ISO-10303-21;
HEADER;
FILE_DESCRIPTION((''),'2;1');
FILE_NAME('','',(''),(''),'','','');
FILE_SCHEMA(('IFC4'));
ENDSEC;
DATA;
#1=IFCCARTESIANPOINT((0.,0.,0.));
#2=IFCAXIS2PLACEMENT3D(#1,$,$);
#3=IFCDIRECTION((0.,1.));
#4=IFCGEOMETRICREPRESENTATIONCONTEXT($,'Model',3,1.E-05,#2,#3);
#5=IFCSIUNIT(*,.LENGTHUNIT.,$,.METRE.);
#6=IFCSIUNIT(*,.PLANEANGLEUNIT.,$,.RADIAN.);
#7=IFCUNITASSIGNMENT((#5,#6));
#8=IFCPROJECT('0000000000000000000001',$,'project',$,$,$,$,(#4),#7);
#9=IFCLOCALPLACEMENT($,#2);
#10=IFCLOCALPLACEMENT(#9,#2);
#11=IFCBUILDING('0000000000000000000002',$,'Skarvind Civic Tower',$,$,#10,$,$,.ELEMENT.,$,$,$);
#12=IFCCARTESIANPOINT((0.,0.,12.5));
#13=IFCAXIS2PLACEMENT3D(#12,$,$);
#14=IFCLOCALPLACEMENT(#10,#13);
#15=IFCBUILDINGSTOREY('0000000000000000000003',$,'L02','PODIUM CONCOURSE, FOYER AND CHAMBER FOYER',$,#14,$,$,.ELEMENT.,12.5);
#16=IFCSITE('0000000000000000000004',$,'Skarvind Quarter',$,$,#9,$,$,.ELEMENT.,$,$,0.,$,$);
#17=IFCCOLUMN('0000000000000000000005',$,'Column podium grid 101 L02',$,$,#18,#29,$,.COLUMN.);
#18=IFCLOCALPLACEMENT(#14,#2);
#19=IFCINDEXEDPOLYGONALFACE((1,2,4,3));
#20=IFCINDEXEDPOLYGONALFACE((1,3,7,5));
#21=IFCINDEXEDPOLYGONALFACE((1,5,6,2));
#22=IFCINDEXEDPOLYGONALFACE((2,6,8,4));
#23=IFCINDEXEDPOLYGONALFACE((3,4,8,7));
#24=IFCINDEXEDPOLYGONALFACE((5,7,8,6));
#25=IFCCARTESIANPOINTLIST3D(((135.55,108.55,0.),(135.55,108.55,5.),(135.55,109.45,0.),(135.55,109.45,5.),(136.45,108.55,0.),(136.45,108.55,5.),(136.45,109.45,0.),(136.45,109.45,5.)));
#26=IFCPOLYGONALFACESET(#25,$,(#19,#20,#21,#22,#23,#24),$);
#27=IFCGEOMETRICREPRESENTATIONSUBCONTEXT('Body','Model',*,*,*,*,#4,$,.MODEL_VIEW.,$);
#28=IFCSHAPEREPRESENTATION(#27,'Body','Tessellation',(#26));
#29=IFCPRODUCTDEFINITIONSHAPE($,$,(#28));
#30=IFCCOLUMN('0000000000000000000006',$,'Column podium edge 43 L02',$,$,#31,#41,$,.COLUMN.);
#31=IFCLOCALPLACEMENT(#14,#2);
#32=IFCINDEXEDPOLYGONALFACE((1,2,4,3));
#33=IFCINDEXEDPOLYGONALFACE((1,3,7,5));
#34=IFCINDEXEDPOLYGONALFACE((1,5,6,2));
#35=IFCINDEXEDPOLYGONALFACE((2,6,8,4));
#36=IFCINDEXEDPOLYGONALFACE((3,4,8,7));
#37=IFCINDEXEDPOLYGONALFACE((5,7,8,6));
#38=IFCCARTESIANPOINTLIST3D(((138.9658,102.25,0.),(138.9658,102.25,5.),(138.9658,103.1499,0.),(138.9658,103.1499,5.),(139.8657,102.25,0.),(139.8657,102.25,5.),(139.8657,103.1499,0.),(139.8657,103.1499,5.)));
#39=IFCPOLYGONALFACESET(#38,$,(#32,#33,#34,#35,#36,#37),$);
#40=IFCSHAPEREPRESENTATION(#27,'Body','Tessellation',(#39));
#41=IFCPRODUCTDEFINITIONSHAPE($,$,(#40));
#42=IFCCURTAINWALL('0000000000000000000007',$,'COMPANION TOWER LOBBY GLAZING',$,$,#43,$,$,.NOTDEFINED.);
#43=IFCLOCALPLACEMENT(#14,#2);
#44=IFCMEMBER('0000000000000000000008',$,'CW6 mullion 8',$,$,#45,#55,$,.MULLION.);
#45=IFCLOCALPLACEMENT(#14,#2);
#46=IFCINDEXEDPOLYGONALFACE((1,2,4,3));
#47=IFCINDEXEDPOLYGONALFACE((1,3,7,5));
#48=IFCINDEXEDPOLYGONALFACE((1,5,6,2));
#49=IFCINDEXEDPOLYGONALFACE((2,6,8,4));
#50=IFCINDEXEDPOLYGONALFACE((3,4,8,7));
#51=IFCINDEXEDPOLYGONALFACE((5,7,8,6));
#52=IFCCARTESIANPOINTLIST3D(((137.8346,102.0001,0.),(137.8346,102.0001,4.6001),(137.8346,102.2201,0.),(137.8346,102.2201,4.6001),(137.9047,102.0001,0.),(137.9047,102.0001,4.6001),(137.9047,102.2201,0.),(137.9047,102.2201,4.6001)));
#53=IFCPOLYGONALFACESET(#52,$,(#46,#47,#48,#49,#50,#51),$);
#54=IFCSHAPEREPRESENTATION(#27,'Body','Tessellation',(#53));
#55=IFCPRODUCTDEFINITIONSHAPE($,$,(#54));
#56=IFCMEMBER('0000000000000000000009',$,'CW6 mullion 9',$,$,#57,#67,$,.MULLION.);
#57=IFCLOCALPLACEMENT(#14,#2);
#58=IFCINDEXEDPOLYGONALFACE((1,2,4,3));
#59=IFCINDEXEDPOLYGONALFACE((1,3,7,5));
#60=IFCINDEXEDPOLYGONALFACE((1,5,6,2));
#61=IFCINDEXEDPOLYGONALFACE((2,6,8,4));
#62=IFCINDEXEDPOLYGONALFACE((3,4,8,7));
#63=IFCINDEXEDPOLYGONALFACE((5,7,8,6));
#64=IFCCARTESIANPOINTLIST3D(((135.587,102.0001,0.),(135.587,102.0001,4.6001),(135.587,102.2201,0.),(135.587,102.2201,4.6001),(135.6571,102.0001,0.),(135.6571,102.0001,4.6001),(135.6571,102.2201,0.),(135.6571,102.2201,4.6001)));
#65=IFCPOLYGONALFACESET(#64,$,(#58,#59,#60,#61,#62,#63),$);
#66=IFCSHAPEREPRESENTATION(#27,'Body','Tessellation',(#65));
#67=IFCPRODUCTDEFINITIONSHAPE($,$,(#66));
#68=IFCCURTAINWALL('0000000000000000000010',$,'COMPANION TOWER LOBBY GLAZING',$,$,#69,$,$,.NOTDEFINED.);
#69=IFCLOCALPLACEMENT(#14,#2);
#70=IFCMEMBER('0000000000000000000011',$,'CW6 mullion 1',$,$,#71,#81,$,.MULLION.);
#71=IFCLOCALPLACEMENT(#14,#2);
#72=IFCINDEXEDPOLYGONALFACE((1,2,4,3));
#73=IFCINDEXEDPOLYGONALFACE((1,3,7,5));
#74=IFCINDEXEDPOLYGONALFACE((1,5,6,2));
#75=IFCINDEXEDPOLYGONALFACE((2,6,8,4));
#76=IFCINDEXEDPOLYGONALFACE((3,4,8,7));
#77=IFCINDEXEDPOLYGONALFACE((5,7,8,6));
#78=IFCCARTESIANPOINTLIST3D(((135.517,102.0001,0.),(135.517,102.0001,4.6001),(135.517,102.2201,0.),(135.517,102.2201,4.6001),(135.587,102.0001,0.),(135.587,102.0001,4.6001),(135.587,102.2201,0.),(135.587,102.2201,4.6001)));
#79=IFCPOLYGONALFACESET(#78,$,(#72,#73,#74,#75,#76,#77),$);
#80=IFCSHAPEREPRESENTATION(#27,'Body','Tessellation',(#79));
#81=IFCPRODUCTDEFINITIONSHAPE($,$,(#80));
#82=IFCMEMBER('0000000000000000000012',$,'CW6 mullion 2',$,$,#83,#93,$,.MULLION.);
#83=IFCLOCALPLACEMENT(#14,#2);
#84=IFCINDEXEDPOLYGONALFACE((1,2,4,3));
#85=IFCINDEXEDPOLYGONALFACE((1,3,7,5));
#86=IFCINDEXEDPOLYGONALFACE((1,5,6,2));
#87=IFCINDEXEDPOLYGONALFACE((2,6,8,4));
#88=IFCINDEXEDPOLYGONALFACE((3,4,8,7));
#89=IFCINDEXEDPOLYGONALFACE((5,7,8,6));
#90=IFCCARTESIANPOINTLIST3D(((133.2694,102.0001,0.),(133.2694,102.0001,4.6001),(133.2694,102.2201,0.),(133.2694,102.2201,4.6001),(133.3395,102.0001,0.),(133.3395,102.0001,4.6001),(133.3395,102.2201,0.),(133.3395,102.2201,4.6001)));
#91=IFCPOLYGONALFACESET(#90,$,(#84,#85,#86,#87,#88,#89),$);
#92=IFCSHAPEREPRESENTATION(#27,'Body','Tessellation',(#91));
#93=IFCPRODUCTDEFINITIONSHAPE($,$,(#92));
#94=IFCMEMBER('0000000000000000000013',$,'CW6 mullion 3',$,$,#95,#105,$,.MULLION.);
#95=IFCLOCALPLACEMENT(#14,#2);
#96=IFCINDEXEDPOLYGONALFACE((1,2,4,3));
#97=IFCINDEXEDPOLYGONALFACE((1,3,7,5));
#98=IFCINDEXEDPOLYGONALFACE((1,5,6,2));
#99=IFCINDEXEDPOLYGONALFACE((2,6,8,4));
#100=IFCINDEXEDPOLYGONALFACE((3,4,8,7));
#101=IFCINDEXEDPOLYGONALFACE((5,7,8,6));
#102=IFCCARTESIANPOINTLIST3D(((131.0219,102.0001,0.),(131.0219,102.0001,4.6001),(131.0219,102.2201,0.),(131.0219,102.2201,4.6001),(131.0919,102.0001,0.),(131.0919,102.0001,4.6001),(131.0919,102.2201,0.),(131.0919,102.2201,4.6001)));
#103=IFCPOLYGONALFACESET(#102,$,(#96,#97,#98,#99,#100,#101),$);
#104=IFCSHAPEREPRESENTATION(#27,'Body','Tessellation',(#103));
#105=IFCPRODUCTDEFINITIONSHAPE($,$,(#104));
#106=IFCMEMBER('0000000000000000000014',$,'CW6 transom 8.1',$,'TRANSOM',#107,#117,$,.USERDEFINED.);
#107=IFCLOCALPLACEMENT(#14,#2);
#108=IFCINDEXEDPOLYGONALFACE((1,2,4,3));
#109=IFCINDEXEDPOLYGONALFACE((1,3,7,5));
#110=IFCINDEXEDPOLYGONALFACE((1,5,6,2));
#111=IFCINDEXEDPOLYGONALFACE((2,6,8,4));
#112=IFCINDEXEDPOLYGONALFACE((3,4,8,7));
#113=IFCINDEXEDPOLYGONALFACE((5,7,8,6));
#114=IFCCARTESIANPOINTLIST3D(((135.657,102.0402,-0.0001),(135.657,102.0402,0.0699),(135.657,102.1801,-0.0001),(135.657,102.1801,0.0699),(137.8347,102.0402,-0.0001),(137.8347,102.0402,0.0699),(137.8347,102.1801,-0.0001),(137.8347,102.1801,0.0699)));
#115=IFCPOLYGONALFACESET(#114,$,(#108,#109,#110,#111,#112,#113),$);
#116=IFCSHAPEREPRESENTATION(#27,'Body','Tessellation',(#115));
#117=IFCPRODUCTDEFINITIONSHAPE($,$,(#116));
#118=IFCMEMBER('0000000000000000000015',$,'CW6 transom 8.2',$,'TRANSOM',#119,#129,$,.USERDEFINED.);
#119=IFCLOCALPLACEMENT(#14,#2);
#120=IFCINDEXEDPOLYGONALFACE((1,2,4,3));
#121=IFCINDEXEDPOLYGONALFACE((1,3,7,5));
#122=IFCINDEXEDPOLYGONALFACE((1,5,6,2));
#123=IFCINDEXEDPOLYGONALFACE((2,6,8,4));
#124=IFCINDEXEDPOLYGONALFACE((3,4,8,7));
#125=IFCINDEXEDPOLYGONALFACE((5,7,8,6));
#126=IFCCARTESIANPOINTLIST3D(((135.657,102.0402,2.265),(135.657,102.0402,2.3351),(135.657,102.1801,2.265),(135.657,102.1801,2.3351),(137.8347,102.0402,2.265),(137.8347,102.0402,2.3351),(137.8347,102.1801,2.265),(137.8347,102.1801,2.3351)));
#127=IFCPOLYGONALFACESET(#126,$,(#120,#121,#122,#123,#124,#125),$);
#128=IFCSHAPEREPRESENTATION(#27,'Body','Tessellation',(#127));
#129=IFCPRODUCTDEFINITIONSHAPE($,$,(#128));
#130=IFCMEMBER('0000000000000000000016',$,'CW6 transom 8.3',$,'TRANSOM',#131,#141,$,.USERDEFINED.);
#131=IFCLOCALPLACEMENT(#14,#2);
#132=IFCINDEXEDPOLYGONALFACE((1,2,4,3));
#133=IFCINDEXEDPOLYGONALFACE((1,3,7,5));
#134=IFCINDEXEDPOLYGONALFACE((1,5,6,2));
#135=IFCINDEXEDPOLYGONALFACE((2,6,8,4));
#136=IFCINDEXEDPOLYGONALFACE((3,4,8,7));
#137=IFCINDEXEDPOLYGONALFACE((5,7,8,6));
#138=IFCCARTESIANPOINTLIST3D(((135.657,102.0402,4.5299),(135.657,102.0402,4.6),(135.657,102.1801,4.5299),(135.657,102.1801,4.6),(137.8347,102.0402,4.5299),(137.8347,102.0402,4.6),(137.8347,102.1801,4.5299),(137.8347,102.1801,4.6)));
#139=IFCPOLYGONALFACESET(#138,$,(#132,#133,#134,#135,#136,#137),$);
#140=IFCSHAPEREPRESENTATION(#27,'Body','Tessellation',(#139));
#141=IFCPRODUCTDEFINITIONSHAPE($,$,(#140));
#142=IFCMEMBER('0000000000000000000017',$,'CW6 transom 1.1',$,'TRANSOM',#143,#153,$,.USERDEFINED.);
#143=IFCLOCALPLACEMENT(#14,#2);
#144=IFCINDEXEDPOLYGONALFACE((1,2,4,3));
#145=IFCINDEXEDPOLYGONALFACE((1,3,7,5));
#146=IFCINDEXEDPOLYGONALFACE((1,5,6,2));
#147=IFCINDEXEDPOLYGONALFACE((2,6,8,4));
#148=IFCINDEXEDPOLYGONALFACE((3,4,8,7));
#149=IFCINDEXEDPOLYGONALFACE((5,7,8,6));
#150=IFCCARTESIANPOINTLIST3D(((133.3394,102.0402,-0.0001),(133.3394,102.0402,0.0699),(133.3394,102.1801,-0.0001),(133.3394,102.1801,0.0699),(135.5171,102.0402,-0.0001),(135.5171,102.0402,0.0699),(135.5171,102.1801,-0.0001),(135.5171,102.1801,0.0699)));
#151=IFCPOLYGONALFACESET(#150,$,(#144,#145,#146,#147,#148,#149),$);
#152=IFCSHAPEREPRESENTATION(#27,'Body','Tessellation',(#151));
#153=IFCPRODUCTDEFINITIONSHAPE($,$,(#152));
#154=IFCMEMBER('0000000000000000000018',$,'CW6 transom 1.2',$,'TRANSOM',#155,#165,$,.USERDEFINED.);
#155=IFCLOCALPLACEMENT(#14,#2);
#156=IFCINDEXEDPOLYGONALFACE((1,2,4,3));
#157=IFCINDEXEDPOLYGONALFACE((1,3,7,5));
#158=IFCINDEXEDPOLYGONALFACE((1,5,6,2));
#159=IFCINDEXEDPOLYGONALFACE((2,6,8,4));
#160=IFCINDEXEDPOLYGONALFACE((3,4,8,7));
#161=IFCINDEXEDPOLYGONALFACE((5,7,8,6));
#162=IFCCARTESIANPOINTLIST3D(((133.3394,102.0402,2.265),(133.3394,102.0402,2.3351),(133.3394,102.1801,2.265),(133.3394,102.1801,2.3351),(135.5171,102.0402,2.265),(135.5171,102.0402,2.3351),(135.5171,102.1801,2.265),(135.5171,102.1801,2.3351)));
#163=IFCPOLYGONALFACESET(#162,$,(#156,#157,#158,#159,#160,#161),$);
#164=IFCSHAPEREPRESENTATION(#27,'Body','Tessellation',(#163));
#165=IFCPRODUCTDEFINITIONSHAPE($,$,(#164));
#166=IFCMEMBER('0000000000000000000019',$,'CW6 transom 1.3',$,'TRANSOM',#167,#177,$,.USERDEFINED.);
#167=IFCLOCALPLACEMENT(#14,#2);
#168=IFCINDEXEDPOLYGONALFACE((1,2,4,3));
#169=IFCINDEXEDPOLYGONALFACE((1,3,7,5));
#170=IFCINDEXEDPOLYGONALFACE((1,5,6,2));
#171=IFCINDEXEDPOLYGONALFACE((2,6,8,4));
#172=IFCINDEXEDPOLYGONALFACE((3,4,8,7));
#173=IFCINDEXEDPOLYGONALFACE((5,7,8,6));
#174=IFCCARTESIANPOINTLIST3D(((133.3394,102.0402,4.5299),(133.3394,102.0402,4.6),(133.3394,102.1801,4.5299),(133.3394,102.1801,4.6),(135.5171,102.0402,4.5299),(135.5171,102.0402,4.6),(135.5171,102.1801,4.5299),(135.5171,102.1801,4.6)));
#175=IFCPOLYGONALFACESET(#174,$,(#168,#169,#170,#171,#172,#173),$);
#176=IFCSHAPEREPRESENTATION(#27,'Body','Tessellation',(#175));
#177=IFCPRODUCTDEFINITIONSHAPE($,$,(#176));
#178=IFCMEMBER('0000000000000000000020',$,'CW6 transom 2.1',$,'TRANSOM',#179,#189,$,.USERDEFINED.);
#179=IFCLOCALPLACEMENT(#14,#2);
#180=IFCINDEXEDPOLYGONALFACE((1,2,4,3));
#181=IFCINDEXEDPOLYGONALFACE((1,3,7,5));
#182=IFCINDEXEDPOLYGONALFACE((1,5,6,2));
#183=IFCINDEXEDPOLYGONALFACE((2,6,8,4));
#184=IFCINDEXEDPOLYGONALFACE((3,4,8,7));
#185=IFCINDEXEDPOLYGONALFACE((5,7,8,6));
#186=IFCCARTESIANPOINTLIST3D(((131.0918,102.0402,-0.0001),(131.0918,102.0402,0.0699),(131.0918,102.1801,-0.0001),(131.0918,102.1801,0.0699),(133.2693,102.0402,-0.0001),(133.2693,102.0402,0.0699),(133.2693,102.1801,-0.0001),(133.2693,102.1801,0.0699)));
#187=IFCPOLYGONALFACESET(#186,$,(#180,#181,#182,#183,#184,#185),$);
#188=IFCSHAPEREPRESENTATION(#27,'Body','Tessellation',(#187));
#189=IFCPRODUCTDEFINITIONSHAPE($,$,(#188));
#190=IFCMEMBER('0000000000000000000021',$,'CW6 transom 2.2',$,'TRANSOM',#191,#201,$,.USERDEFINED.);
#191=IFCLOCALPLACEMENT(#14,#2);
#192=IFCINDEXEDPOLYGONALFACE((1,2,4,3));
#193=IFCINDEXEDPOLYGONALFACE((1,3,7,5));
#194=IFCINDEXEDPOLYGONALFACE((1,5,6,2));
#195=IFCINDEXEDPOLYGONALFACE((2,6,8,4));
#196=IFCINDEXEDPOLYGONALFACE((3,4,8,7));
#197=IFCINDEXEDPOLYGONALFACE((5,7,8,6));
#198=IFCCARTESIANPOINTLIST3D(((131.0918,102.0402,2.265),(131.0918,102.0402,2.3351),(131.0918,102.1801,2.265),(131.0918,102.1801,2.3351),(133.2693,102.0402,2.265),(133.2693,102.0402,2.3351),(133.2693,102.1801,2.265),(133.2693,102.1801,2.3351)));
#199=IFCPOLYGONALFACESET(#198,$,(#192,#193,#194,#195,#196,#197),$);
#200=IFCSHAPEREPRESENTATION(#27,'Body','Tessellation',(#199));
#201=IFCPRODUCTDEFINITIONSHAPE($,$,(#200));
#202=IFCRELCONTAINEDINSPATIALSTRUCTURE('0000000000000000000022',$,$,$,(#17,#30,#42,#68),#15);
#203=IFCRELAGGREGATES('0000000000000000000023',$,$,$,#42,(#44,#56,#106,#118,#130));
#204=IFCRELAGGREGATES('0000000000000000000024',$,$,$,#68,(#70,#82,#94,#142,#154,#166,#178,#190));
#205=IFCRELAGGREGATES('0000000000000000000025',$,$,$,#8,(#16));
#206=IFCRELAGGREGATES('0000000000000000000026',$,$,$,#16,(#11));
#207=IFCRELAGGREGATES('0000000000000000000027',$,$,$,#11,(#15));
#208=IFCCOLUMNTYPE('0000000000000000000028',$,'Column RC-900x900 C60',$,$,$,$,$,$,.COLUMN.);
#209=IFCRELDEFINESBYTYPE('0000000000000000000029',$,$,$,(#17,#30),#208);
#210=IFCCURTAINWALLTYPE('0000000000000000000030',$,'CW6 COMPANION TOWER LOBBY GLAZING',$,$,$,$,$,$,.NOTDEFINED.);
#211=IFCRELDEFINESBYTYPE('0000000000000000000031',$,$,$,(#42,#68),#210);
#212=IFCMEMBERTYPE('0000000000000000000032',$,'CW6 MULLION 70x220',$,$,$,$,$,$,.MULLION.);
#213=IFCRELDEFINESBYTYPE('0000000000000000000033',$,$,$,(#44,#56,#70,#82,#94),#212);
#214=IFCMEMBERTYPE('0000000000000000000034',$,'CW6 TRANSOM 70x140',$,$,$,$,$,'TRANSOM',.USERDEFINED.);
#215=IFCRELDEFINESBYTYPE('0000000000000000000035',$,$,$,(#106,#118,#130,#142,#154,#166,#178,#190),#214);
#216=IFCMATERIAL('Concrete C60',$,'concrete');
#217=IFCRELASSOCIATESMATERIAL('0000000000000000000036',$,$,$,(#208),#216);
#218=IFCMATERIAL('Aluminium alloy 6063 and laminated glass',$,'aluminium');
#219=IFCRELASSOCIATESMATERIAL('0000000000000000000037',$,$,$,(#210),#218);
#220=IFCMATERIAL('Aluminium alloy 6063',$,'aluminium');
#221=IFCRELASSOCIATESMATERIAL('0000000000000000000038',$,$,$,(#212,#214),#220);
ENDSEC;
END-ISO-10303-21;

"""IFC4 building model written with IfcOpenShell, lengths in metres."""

from ifc_helpers import new_model, si_unit, direction, frame, origin, origin_2d, place, context, subcontext, project, spatial, rectangle, extrude, material, material_profile, profile_set, type_object, element, aggregate, save


model = new_model("IFC4")

# Units and contexts
model_context = context("Model", 3, precision=1e-05, world=origin(), true_north=direction((0.0, 1.0)))
body_context = subcontext(model_context, "Body", "Model", "MODEL_VIEW")
ifc_project = project(units=[si_unit("LENGTHUNIT", "METRE"), si_unit("PLANEANGLEUNIT", "RADIAN")], contexts=[model_context])

# Site, building, storey
site_placement = place(None, origin())
site = spatial("IfcSite", under=ifc_project, at=site_placement, Name="Skarvind Quarter", CompositionType="ELEMENT", RefElevation=0.0)
building_placement = place(site_placement, origin())
building = spatial("IfcBuilding", under=site, at=building_placement, Name="Skarvind Civic Tower", CompositionType="ELEMENT")
storey_placement = place(building_placement, frame((0.0, 0.0, 12.5)))
storey = spatial("IfcBuildingStorey", under=building, at=storey_placement, Name="L02", Description="PODIUM CONCOURSE, FOYER AND CHAMBER FOYER", CompositionType="ELEMENT", Elevation=12.5)

# Columns
ifc_material_1 = material(Name="Concrete C60", Category="concrete")
ifc_material_profile_1 = material_profile(ifc_material_1, rectangle(XDim=0.8999, YDim=0.8999, at=origin_2d()), Name="RC-900x900")
ifc_profile_set_1 = profile_set([ifc_material_profile_1], Name="Concrete C60")
column_type = type_object("IfcColumnType", Name="Column RC-900x900 C60", PredefinedType="COLUMN", material=ifc_profile_set_1)
for number, where, z_axis, x_axis, name in (
    (1, (136.0, 109.0, 0.0), (0.0, 0.0, 1.0), (1.0, 0.0, 0.0), "Column podium grid 101 L02"),
    (2, (139.4158, 102.7, 0.0), (0.0, 0.0, 1.0), (1.0, 0.0, 0.0), "Column podium edge 43 L02"),
):
    element("IfcColumn", number, at=place(storey_placement, frame(where, z_axis=z_axis, x_axis=x_axis)), inside=storey, type_object=column_type, Name=name, PredefinedType="COLUMN", context=body_context, shape_type="SweptSolid", body=[
        extrude(rectangle(XDim=0.8999, YDim=0.8999, at=origin_2d()), origin(), (0.0, 0.0, 1.0), 5.0),
    ])

# Curtain walls, members
ifc_material_2 = material(Name="Aluminium alloy 6063 and laminated glass", Category="aluminium")
curtain_wall_type = type_object("IfcCurtainWallType", Name="CW6 COMPANION TOWER LOBBY GLAZING", PredefinedType="NOTDEFINED", material=ifc_material_2)
curtain_wall_1_placement = place(storey_placement, origin())
curtain_wall_1 = element("IfcCurtainWall", 3, at=curtain_wall_1_placement, inside=storey, type_object=curtain_wall_type, Name="COMPANION TOWER LOBBY GLAZING", PredefinedType="NOTDEFINED")
ifc_material_3 = material(Name="Aluminium alloy 6063", Category="aluminium")
ifc_material_profile_2 = material_profile(ifc_material_3, rectangle(XDim=0.22, YDim=0.0701, at=origin_2d()), Name="AL 70x220")
ifc_profile_set_2 = profile_set([ifc_material_profile_2], Name="Aluminium alloy 6063")
member_type_1 = type_object("IfcMemberType", Name="CW6 MULLION 70x220", PredefinedType="MULLION", material=ifc_profile_set_2)
member_1_placement = place(storey_placement, frame((137.8696, 102.1101, 0.0), z_axis=(0.0, 0.0, 1.0), x_axis=(0.0, -1.0, 0.0)))
member_1 = element("IfcMember", 4, at=member_1_placement, type_object=member_type_1, Name="CW6 mullion 8", PredefinedType="MULLION", context=body_context, shape_type="SweptSolid", body=[
    extrude(rectangle(XDim=0.22, YDim=0.0701, at=origin_2d()), origin(), (0.0, 0.0, 1.0), 4.6001),
])
member_2_placement = place(storey_placement, frame((135.6221, 102.1101, 0.0), z_axis=(0.0, 0.0, 1.0), x_axis=(0.0, -1.0, 0.0)))
member_2 = element("IfcMember", 5, at=member_2_placement, type_object=member_type_1, Name="CW6 mullion 9", PredefinedType="MULLION", context=body_context, shape_type="SweptSolid", body=[
    extrude(rectangle(XDim=0.22, YDim=0.0701, at=origin_2d()), origin(), (0.0, 0.0, 1.0), 4.6001),
])
curtain_wall_2_placement = place(storey_placement, origin())
curtain_wall_2 = element("IfcCurtainWall", 6, at=curtain_wall_2_placement, inside=storey, type_object=curtain_wall_type, Name="COMPANION TOWER LOBBY GLAZING", PredefinedType="NOTDEFINED")
member_3_placement = place(storey_placement, frame((135.552, 102.1101, 0.0), z_axis=(0.0, 0.0, 1.0), x_axis=(0.0, -1.0, 0.0)))
member_3 = element("IfcMember", 7, at=member_3_placement, type_object=member_type_1, Name="CW6 mullion 1", PredefinedType="MULLION", context=body_context, shape_type="SweptSolid", body=[
    extrude(rectangle(XDim=0.22, YDim=0.0701, at=origin_2d()), origin(), (0.0, 0.0, 1.0), 4.6001),
])
member_4_placement = place(storey_placement, frame((133.3044, 102.1101, 0.0), z_axis=(0.0, 0.0, 1.0), x_axis=(0.0, -1.0, 0.0)))
member_4 = element("IfcMember", 8, at=member_4_placement, type_object=member_type_1, Name="CW6 mullion 2", PredefinedType="MULLION", context=body_context, shape_type="SweptSolid", body=[
    extrude(rectangle(XDim=0.22, YDim=0.0701, at=origin_2d()), origin(), (0.0, 0.0, 1.0), 4.6001),
])
member_5_placement = place(storey_placement, frame((131.0569, 102.1101, 0.0), z_axis=(0.0, 0.0, 1.0), x_axis=(0.0, -1.0, 0.0)))
member_5 = element("IfcMember", 9, at=member_5_placement, type_object=member_type_1, Name="CW6 mullion 3", PredefinedType="MULLION", context=body_context, shape_type="SweptSolid", body=[
    extrude(rectangle(XDim=0.22, YDim=0.0701, at=origin_2d()), origin(), (0.0, 0.0, 1.0), 4.6001),
])

# Members
ifc_material_profile_3 = material_profile(ifc_material_3, rectangle(XDim=0.1399, YDim=0.0701, at=origin_2d()), Name="AL 70x140")
ifc_profile_set_3 = profile_set([ifc_material_profile_3], Name="Aluminium alloy 6063")
member_type_2 = type_object("IfcMemberType", Name="CW6 TRANSOM 70x140", ElementType="TRANSOM", PredefinedType="USERDEFINED", material=ifc_profile_set_3)
member_6_placement = place(storey_placement, frame((137.8347, 102.1101, 0.0349), z_axis=(-1.0, 0.0, 0.0), x_axis=(0.0, -1.0, 0.0)))
member_6 = element("IfcMember", 10, at=member_6_placement, type_object=member_type_2, Name="CW6 transom 8.1", ObjectType="TRANSOM", PredefinedType="USERDEFINED", context=body_context, shape_type="SweptSolid", body=[
    extrude(rectangle(XDim=0.1399, YDim=0.0701, at=origin_2d()), origin(), (0.0, 0.0, 1.0), 2.1777),
])
member_7_placement = place(storey_placement, frame((137.8347, 102.1101, 2.3), z_axis=(-1.0, 0.0, 0.0), x_axis=(0.0, -1.0, 0.0)))
member_7 = element("IfcMember", 11, at=member_7_placement, type_object=member_type_2, Name="CW6 transom 8.2", ObjectType="TRANSOM", PredefinedType="USERDEFINED", context=body_context, shape_type="SweptSolid", body=[
    extrude(rectangle(XDim=0.1399, YDim=0.0701, at=origin_2d()), origin(), (0.0, 0.0, 1.0), 2.1777),
])
member_8_placement = place(storey_placement, frame((137.8347, 102.1101, 4.5649), z_axis=(-1.0, 0.0, 0.0), x_axis=(0.0, -1.0, 0.0)))
member_8 = element("IfcMember", 12, at=member_8_placement, type_object=member_type_2, Name="CW6 transom 8.3", ObjectType="TRANSOM", PredefinedType="USERDEFINED", context=body_context, shape_type="SweptSolid", body=[
    extrude(rectangle(XDim=0.1399, YDim=0.0701, at=origin_2d()), origin(), (0.0, 0.0, 1.0), 2.1777),
])
member_9_placement = place(storey_placement, frame((135.5171, 102.1101, 0.0349), z_axis=(-1.0, 0.0, 0.0), x_axis=(0.0, -1.0, 0.0)))
member_9 = element("IfcMember", 13, at=member_9_placement, type_object=member_type_2, Name="CW6 transom 1.1", ObjectType="TRANSOM", PredefinedType="USERDEFINED", context=body_context, shape_type="SweptSolid", body=[
    extrude(rectangle(XDim=0.1399, YDim=0.0701, at=origin_2d()), origin(), (0.0, 0.0, 1.0), 2.1777),
])
member_10_placement = place(storey_placement, frame((135.5171, 102.1101, 2.3), z_axis=(-1.0, 0.0, 0.0), x_axis=(0.0, -1.0, 0.0)))
member_10 = element("IfcMember", 14, at=member_10_placement, type_object=member_type_2, Name="CW6 transom 1.2", ObjectType="TRANSOM", PredefinedType="USERDEFINED", context=body_context, shape_type="SweptSolid", body=[
    extrude(rectangle(XDim=0.1399, YDim=0.0701, at=origin_2d()), origin(), (0.0, 0.0, 1.0), 2.1777),
])
member_11_placement = place(storey_placement, frame((135.5171, 102.1101, 4.5649), z_axis=(-1.0, 0.0, 0.0), x_axis=(0.0, -1.0, 0.0)))
member_11 = element("IfcMember", 15, at=member_11_placement, type_object=member_type_2, Name="CW6 transom 1.3", ObjectType="TRANSOM", PredefinedType="USERDEFINED", context=body_context, shape_type="SweptSolid", body=[
    extrude(rectangle(XDim=0.1399, YDim=0.0701, at=origin_2d()), origin(), (0.0, 0.0, 1.0), 2.1777),
])
member_12_placement = place(storey_placement, frame((133.2693, 102.1101, 0.0349), z_axis=(-1.0, 0.0, 0.0), x_axis=(0.0, -1.0, 0.0)))
member_12 = element("IfcMember", 16, at=member_12_placement, type_object=member_type_2, Name="CW6 transom 2.1", ObjectType="TRANSOM", PredefinedType="USERDEFINED", context=body_context, shape_type="SweptSolid", body=[
    extrude(rectangle(XDim=0.1399, YDim=0.0701, at=origin_2d()), origin(), (0.0, 0.0, 1.0), 2.1775),
])
member_13_placement = place(storey_placement, frame((133.2693, 102.1101, 2.3), z_axis=(-1.0, 0.0, 0.0), x_axis=(0.0, -1.0, 0.0)))
member_13 = element("IfcMember", 17, at=member_13_placement, type_object=member_type_2, Name="CW6 transom 2.2", ObjectType="TRANSOM", PredefinedType="USERDEFINED", context=body_context, shape_type="SweptSolid", body=[
    extrude(rectangle(XDim=0.1399, YDim=0.0701, at=origin_2d()), origin(), (0.0, 0.0, 1.0), 2.1775),
])

aggregate(curtain_wall_1, [member_1, member_2, member_6, member_7, member_8])
aggregate(curtain_wall_2, [member_3, member_4, member_5, member_9, member_10, member_11, member_12, member_13])

save(model, "model.ifc")
